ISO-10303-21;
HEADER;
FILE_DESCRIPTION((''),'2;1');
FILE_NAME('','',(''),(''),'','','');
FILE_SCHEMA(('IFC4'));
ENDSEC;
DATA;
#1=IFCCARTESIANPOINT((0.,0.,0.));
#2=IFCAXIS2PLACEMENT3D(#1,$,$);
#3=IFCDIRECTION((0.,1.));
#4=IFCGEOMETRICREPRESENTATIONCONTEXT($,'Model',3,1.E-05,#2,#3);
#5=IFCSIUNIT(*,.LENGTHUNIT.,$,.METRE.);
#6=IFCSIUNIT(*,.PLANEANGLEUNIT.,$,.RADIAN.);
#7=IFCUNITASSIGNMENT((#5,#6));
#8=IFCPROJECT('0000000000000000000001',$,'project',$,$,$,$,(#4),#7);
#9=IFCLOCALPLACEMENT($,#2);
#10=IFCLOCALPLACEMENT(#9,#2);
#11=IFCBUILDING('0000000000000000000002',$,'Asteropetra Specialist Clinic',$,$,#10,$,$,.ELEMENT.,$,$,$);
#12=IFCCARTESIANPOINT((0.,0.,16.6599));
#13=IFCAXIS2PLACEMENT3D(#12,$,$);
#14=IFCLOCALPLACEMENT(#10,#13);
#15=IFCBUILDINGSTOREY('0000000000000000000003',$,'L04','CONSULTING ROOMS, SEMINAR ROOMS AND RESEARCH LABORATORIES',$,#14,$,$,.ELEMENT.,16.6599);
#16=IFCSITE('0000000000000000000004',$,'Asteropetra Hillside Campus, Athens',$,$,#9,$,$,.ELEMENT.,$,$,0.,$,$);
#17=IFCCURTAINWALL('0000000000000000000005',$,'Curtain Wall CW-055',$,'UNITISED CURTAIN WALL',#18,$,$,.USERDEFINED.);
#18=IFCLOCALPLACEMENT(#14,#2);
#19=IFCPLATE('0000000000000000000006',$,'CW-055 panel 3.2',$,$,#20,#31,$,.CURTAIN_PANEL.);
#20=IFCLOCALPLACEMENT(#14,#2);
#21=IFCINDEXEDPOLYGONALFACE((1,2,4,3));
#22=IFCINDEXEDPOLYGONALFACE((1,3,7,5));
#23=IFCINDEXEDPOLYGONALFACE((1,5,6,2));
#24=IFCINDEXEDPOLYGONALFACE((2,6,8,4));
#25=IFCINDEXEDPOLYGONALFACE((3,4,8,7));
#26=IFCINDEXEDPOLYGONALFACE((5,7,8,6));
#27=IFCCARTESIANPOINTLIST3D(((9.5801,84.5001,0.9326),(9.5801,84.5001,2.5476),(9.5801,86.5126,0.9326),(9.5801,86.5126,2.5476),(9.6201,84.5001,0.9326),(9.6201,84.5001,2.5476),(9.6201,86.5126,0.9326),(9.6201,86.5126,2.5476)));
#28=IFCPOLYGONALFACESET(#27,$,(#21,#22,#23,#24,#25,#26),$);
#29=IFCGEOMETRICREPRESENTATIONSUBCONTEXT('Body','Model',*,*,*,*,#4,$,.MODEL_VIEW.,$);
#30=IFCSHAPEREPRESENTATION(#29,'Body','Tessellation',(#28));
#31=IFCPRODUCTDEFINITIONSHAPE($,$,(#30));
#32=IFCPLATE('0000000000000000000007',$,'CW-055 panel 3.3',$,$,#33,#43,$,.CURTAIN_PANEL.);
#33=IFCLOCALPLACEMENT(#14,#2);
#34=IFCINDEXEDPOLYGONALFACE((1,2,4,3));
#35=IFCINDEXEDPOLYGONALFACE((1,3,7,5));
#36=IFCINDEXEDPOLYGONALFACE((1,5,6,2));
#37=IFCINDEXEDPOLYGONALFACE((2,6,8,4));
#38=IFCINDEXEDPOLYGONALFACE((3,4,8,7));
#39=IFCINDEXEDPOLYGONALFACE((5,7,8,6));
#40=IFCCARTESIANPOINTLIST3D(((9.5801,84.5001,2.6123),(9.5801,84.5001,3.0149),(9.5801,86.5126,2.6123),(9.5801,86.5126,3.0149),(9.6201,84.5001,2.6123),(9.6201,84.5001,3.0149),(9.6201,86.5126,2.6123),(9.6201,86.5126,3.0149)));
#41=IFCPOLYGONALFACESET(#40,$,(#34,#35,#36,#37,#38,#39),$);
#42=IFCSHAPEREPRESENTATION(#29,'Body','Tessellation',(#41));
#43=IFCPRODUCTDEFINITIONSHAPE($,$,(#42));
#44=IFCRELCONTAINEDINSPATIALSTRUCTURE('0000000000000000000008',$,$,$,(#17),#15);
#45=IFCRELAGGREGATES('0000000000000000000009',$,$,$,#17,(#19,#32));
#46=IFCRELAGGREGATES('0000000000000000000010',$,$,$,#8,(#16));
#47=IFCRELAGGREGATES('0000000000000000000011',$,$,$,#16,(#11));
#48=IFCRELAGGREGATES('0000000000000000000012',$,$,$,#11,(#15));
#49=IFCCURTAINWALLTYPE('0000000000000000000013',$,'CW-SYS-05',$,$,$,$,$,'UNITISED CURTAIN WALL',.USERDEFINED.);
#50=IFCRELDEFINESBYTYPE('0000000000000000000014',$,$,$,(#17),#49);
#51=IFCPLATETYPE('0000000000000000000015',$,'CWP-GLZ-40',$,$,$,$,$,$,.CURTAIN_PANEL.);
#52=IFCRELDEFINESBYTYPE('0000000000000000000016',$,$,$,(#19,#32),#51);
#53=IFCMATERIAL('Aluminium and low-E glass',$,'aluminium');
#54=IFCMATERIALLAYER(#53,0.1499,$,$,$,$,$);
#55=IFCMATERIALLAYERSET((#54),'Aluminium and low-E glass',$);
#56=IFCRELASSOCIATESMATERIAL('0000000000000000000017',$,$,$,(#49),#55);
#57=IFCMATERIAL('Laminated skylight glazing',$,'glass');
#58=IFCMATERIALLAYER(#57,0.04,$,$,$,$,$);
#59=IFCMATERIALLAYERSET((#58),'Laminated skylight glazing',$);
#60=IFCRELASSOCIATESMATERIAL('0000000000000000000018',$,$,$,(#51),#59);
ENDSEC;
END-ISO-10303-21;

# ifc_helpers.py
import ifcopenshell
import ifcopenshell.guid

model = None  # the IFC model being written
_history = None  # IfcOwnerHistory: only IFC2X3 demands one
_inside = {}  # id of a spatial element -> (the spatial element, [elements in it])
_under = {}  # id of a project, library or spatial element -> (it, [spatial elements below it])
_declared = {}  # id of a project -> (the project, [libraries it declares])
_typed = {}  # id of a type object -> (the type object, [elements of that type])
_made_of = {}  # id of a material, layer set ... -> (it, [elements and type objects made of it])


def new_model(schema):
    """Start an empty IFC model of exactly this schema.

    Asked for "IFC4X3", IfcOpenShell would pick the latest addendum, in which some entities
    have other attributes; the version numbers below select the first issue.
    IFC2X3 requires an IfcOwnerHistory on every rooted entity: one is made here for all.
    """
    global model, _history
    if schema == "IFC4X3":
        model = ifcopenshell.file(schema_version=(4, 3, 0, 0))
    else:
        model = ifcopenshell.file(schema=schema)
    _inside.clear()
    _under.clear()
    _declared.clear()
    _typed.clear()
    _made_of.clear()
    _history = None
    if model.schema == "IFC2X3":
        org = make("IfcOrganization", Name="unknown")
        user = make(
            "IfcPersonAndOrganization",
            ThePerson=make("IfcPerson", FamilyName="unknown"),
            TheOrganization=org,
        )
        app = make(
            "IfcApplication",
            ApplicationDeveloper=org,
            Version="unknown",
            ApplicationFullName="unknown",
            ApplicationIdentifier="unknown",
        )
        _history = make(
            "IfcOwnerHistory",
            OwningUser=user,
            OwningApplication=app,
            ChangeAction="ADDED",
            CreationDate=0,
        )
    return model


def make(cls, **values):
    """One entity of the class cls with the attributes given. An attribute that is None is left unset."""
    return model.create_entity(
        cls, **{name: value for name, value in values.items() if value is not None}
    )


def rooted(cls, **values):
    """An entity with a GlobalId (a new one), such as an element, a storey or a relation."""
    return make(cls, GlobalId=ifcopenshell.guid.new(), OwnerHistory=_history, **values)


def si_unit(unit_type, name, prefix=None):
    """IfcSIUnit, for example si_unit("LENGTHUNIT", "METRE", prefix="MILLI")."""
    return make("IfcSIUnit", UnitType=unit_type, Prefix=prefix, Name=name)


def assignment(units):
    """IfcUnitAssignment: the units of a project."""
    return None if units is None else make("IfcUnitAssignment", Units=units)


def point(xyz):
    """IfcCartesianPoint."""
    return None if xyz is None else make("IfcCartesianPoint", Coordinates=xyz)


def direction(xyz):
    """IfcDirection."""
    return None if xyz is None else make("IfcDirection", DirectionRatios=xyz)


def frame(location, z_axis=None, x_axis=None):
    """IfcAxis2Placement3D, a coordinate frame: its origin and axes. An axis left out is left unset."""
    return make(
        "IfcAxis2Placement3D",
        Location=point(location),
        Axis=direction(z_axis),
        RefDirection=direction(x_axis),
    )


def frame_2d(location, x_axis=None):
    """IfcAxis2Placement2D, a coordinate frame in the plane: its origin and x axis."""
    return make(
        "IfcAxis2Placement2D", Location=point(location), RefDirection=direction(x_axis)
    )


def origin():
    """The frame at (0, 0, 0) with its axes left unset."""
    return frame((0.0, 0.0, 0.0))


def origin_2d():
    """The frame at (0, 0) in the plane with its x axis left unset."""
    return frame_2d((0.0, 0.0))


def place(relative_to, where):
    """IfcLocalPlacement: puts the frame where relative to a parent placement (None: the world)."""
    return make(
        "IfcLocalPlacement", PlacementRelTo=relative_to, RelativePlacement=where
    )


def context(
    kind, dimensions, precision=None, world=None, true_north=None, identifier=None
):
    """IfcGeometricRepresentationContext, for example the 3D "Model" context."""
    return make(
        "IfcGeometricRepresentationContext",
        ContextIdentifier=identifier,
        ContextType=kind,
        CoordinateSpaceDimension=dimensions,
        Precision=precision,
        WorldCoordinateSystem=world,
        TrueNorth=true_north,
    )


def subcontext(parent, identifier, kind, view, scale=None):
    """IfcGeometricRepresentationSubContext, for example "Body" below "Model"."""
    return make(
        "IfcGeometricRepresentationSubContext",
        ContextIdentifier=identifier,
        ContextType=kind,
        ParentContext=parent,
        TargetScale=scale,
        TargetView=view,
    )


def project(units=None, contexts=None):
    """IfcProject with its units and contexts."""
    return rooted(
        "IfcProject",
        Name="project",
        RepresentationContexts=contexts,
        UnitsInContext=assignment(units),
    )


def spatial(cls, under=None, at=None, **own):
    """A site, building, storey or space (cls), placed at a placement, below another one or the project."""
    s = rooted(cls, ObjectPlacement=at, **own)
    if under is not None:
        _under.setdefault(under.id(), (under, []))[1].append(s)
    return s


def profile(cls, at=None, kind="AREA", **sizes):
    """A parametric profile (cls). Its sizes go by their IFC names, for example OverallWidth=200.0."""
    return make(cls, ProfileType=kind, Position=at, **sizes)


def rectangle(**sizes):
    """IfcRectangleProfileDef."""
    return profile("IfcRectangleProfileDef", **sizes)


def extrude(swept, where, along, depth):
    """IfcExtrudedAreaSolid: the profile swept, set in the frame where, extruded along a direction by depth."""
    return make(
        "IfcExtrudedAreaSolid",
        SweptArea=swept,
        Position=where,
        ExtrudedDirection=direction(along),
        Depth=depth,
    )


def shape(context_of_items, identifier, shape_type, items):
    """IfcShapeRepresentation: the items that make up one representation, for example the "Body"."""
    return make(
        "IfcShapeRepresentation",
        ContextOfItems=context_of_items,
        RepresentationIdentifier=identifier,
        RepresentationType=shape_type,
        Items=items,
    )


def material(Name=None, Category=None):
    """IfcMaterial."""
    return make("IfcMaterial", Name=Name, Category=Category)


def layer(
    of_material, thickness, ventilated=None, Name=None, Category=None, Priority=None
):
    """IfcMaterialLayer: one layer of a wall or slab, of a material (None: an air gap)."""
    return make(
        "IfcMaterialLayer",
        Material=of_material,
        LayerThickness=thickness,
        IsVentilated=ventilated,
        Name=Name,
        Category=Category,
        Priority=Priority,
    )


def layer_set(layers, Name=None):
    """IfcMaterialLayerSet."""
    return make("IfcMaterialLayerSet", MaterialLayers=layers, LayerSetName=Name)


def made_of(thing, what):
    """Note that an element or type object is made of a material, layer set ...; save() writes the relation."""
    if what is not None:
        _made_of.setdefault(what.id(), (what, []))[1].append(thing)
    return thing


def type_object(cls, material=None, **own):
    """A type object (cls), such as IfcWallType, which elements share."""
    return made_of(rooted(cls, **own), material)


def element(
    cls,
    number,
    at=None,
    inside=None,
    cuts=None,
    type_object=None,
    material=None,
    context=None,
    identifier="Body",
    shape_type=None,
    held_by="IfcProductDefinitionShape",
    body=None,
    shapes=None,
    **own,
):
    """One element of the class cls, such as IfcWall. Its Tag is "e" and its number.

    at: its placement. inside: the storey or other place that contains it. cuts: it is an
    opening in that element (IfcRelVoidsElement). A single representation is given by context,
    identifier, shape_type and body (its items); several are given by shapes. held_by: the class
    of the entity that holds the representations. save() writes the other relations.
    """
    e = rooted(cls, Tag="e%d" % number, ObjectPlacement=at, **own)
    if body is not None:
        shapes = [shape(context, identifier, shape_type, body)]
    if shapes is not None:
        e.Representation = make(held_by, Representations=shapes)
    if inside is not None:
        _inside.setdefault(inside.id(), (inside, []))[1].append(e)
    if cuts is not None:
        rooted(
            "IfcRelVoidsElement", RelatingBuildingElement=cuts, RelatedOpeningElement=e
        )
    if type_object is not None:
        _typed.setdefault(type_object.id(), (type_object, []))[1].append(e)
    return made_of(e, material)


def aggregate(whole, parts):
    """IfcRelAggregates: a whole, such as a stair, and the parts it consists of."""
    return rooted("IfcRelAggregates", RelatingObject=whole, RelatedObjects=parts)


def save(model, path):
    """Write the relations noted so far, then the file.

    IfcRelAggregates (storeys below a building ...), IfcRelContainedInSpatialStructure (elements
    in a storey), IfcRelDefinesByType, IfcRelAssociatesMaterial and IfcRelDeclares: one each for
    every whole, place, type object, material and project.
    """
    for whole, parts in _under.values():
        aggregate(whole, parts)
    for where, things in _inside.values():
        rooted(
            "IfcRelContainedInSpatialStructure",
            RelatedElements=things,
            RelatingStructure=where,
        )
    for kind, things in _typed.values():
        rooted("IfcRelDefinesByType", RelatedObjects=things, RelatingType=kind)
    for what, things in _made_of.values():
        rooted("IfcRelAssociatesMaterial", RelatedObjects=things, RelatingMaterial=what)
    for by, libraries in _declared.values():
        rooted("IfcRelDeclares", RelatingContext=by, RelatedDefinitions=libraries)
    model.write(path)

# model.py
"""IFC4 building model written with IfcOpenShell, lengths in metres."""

from ifc_helpers import new_model, si_unit, direction, frame, origin, origin_2d, place, context, subcontext, project, spatial, rectangle, extrude, material, layer, layer_set, type_object, element, aggregate, save


model = new_model("IFC4")

# Units and contexts
model_context = context("Model", 3, precision=1e-05, world=origin(), true_north=direction((0.0, 1.0)))
body_context = subcontext(model_context, "Body", "Model", "MODEL_VIEW")
ifc_project = project(units=[si_unit("LENGTHUNIT", "METRE"), si_unit("PLANEANGLEUNIT", "RADIAN")], contexts=[model_context])

# Site, building, storey
site_placement = place(None, origin())
site = spatial("IfcSite", under=ifc_project, at=site_placement, Name="Asteropetra Hillside Campus, Athens", CompositionType="ELEMENT", RefElevation=0.0)
building_placement = place(site_placement, origin())
building = spatial("IfcBuilding", under=site, at=building_placement, Name="Asteropetra Specialist Clinic", CompositionType="ELEMENT")
storey_placement = place(building_placement, frame((0.0, 0.0, 16.6599)))
storey = spatial("IfcBuildingStorey", under=building, at=storey_placement, Name="L04", Description="CONSULTING ROOMS, SEMINAR ROOMS AND RESEARCH LABORATORIES", CompositionType="ELEMENT", Elevation=16.6599)

# Curtain wall
ifc_material_1 = material(Name="Aluminium and low-E glass", Category="aluminium")
ifc_layer_1 = layer(ifc_material_1, 0.1499)
ifc_layer_set_1 = layer_set([ifc_layer_1], Name="Aluminium and low-E glass")
curtain_wall_type_1 = type_object("IfcCurtainWallType", Name="CW-SYS-05", ElementType="UNITISED CURTAIN WALL", PredefinedType="USERDEFINED", material=ifc_layer_set_1)
curtain_wall_1_placement = place(storey_placement, origin())
curtain_wall_1 = element("IfcCurtainWall", 1, at=curtain_wall_1_placement, inside=storey, type_object=curtain_wall_type_1, Name="Curtain Wall CW-055", ObjectType="UNITISED CURTAIN WALL", PredefinedType="USERDEFINED")

# Plates
ifc_material_2 = material(Name="Laminated skylight glazing", Category="glass")
ifc_layer_2 = layer(ifc_material_2, 0.04)
ifc_layer_set_2 = layer_set([ifc_layer_2], Name="Laminated skylight glazing")
plate_type = type_object("IfcPlateType", Name="CWP-GLZ-40", PredefinedType="CURTAIN_PANEL", material=ifc_layer_set_2)
plate_1_placement = place(storey_placement, frame((9.6001, 85.5063, 0.9326), z_axis=(0.0, 0.0, 1.0), x_axis=(0.0, -1.0, 0.0)))
plate_1 = element("IfcPlate", 2, at=plate_1_placement, type_object=plate_type, Name="CW-055 panel 3.2", PredefinedType="CURTAIN_PANEL", context=body_context, shape_type="SweptSolid", body=[
    extrude(rectangle(XDim=2.0125, YDim=0.04, at=origin_2d()), origin(), (0.0, 0.0, 1.0), 1.615),
])
plate_2_placement = place(storey_placement, frame((9.6001, 85.5063, 2.6123), z_axis=(0.0, 0.0, 1.0), x_axis=(0.0, -1.0, 0.0)))
plate_2 = element("IfcPlate", 3, at=plate_2_placement, type_object=plate_type, Name="CW-055 panel 3.3", PredefinedType="CURTAIN_PANEL", context=body_context, shape_type="SweptSolid", body=[
    extrude(rectangle(XDim=2.0125, YDim=0.04, at=origin_2d()), origin(), (0.0, 0.0, 1.0), 0.4026),
])
aggregate(curtain_wall_1, [plate_1, plate_2])

save(model, "model.ifc")
